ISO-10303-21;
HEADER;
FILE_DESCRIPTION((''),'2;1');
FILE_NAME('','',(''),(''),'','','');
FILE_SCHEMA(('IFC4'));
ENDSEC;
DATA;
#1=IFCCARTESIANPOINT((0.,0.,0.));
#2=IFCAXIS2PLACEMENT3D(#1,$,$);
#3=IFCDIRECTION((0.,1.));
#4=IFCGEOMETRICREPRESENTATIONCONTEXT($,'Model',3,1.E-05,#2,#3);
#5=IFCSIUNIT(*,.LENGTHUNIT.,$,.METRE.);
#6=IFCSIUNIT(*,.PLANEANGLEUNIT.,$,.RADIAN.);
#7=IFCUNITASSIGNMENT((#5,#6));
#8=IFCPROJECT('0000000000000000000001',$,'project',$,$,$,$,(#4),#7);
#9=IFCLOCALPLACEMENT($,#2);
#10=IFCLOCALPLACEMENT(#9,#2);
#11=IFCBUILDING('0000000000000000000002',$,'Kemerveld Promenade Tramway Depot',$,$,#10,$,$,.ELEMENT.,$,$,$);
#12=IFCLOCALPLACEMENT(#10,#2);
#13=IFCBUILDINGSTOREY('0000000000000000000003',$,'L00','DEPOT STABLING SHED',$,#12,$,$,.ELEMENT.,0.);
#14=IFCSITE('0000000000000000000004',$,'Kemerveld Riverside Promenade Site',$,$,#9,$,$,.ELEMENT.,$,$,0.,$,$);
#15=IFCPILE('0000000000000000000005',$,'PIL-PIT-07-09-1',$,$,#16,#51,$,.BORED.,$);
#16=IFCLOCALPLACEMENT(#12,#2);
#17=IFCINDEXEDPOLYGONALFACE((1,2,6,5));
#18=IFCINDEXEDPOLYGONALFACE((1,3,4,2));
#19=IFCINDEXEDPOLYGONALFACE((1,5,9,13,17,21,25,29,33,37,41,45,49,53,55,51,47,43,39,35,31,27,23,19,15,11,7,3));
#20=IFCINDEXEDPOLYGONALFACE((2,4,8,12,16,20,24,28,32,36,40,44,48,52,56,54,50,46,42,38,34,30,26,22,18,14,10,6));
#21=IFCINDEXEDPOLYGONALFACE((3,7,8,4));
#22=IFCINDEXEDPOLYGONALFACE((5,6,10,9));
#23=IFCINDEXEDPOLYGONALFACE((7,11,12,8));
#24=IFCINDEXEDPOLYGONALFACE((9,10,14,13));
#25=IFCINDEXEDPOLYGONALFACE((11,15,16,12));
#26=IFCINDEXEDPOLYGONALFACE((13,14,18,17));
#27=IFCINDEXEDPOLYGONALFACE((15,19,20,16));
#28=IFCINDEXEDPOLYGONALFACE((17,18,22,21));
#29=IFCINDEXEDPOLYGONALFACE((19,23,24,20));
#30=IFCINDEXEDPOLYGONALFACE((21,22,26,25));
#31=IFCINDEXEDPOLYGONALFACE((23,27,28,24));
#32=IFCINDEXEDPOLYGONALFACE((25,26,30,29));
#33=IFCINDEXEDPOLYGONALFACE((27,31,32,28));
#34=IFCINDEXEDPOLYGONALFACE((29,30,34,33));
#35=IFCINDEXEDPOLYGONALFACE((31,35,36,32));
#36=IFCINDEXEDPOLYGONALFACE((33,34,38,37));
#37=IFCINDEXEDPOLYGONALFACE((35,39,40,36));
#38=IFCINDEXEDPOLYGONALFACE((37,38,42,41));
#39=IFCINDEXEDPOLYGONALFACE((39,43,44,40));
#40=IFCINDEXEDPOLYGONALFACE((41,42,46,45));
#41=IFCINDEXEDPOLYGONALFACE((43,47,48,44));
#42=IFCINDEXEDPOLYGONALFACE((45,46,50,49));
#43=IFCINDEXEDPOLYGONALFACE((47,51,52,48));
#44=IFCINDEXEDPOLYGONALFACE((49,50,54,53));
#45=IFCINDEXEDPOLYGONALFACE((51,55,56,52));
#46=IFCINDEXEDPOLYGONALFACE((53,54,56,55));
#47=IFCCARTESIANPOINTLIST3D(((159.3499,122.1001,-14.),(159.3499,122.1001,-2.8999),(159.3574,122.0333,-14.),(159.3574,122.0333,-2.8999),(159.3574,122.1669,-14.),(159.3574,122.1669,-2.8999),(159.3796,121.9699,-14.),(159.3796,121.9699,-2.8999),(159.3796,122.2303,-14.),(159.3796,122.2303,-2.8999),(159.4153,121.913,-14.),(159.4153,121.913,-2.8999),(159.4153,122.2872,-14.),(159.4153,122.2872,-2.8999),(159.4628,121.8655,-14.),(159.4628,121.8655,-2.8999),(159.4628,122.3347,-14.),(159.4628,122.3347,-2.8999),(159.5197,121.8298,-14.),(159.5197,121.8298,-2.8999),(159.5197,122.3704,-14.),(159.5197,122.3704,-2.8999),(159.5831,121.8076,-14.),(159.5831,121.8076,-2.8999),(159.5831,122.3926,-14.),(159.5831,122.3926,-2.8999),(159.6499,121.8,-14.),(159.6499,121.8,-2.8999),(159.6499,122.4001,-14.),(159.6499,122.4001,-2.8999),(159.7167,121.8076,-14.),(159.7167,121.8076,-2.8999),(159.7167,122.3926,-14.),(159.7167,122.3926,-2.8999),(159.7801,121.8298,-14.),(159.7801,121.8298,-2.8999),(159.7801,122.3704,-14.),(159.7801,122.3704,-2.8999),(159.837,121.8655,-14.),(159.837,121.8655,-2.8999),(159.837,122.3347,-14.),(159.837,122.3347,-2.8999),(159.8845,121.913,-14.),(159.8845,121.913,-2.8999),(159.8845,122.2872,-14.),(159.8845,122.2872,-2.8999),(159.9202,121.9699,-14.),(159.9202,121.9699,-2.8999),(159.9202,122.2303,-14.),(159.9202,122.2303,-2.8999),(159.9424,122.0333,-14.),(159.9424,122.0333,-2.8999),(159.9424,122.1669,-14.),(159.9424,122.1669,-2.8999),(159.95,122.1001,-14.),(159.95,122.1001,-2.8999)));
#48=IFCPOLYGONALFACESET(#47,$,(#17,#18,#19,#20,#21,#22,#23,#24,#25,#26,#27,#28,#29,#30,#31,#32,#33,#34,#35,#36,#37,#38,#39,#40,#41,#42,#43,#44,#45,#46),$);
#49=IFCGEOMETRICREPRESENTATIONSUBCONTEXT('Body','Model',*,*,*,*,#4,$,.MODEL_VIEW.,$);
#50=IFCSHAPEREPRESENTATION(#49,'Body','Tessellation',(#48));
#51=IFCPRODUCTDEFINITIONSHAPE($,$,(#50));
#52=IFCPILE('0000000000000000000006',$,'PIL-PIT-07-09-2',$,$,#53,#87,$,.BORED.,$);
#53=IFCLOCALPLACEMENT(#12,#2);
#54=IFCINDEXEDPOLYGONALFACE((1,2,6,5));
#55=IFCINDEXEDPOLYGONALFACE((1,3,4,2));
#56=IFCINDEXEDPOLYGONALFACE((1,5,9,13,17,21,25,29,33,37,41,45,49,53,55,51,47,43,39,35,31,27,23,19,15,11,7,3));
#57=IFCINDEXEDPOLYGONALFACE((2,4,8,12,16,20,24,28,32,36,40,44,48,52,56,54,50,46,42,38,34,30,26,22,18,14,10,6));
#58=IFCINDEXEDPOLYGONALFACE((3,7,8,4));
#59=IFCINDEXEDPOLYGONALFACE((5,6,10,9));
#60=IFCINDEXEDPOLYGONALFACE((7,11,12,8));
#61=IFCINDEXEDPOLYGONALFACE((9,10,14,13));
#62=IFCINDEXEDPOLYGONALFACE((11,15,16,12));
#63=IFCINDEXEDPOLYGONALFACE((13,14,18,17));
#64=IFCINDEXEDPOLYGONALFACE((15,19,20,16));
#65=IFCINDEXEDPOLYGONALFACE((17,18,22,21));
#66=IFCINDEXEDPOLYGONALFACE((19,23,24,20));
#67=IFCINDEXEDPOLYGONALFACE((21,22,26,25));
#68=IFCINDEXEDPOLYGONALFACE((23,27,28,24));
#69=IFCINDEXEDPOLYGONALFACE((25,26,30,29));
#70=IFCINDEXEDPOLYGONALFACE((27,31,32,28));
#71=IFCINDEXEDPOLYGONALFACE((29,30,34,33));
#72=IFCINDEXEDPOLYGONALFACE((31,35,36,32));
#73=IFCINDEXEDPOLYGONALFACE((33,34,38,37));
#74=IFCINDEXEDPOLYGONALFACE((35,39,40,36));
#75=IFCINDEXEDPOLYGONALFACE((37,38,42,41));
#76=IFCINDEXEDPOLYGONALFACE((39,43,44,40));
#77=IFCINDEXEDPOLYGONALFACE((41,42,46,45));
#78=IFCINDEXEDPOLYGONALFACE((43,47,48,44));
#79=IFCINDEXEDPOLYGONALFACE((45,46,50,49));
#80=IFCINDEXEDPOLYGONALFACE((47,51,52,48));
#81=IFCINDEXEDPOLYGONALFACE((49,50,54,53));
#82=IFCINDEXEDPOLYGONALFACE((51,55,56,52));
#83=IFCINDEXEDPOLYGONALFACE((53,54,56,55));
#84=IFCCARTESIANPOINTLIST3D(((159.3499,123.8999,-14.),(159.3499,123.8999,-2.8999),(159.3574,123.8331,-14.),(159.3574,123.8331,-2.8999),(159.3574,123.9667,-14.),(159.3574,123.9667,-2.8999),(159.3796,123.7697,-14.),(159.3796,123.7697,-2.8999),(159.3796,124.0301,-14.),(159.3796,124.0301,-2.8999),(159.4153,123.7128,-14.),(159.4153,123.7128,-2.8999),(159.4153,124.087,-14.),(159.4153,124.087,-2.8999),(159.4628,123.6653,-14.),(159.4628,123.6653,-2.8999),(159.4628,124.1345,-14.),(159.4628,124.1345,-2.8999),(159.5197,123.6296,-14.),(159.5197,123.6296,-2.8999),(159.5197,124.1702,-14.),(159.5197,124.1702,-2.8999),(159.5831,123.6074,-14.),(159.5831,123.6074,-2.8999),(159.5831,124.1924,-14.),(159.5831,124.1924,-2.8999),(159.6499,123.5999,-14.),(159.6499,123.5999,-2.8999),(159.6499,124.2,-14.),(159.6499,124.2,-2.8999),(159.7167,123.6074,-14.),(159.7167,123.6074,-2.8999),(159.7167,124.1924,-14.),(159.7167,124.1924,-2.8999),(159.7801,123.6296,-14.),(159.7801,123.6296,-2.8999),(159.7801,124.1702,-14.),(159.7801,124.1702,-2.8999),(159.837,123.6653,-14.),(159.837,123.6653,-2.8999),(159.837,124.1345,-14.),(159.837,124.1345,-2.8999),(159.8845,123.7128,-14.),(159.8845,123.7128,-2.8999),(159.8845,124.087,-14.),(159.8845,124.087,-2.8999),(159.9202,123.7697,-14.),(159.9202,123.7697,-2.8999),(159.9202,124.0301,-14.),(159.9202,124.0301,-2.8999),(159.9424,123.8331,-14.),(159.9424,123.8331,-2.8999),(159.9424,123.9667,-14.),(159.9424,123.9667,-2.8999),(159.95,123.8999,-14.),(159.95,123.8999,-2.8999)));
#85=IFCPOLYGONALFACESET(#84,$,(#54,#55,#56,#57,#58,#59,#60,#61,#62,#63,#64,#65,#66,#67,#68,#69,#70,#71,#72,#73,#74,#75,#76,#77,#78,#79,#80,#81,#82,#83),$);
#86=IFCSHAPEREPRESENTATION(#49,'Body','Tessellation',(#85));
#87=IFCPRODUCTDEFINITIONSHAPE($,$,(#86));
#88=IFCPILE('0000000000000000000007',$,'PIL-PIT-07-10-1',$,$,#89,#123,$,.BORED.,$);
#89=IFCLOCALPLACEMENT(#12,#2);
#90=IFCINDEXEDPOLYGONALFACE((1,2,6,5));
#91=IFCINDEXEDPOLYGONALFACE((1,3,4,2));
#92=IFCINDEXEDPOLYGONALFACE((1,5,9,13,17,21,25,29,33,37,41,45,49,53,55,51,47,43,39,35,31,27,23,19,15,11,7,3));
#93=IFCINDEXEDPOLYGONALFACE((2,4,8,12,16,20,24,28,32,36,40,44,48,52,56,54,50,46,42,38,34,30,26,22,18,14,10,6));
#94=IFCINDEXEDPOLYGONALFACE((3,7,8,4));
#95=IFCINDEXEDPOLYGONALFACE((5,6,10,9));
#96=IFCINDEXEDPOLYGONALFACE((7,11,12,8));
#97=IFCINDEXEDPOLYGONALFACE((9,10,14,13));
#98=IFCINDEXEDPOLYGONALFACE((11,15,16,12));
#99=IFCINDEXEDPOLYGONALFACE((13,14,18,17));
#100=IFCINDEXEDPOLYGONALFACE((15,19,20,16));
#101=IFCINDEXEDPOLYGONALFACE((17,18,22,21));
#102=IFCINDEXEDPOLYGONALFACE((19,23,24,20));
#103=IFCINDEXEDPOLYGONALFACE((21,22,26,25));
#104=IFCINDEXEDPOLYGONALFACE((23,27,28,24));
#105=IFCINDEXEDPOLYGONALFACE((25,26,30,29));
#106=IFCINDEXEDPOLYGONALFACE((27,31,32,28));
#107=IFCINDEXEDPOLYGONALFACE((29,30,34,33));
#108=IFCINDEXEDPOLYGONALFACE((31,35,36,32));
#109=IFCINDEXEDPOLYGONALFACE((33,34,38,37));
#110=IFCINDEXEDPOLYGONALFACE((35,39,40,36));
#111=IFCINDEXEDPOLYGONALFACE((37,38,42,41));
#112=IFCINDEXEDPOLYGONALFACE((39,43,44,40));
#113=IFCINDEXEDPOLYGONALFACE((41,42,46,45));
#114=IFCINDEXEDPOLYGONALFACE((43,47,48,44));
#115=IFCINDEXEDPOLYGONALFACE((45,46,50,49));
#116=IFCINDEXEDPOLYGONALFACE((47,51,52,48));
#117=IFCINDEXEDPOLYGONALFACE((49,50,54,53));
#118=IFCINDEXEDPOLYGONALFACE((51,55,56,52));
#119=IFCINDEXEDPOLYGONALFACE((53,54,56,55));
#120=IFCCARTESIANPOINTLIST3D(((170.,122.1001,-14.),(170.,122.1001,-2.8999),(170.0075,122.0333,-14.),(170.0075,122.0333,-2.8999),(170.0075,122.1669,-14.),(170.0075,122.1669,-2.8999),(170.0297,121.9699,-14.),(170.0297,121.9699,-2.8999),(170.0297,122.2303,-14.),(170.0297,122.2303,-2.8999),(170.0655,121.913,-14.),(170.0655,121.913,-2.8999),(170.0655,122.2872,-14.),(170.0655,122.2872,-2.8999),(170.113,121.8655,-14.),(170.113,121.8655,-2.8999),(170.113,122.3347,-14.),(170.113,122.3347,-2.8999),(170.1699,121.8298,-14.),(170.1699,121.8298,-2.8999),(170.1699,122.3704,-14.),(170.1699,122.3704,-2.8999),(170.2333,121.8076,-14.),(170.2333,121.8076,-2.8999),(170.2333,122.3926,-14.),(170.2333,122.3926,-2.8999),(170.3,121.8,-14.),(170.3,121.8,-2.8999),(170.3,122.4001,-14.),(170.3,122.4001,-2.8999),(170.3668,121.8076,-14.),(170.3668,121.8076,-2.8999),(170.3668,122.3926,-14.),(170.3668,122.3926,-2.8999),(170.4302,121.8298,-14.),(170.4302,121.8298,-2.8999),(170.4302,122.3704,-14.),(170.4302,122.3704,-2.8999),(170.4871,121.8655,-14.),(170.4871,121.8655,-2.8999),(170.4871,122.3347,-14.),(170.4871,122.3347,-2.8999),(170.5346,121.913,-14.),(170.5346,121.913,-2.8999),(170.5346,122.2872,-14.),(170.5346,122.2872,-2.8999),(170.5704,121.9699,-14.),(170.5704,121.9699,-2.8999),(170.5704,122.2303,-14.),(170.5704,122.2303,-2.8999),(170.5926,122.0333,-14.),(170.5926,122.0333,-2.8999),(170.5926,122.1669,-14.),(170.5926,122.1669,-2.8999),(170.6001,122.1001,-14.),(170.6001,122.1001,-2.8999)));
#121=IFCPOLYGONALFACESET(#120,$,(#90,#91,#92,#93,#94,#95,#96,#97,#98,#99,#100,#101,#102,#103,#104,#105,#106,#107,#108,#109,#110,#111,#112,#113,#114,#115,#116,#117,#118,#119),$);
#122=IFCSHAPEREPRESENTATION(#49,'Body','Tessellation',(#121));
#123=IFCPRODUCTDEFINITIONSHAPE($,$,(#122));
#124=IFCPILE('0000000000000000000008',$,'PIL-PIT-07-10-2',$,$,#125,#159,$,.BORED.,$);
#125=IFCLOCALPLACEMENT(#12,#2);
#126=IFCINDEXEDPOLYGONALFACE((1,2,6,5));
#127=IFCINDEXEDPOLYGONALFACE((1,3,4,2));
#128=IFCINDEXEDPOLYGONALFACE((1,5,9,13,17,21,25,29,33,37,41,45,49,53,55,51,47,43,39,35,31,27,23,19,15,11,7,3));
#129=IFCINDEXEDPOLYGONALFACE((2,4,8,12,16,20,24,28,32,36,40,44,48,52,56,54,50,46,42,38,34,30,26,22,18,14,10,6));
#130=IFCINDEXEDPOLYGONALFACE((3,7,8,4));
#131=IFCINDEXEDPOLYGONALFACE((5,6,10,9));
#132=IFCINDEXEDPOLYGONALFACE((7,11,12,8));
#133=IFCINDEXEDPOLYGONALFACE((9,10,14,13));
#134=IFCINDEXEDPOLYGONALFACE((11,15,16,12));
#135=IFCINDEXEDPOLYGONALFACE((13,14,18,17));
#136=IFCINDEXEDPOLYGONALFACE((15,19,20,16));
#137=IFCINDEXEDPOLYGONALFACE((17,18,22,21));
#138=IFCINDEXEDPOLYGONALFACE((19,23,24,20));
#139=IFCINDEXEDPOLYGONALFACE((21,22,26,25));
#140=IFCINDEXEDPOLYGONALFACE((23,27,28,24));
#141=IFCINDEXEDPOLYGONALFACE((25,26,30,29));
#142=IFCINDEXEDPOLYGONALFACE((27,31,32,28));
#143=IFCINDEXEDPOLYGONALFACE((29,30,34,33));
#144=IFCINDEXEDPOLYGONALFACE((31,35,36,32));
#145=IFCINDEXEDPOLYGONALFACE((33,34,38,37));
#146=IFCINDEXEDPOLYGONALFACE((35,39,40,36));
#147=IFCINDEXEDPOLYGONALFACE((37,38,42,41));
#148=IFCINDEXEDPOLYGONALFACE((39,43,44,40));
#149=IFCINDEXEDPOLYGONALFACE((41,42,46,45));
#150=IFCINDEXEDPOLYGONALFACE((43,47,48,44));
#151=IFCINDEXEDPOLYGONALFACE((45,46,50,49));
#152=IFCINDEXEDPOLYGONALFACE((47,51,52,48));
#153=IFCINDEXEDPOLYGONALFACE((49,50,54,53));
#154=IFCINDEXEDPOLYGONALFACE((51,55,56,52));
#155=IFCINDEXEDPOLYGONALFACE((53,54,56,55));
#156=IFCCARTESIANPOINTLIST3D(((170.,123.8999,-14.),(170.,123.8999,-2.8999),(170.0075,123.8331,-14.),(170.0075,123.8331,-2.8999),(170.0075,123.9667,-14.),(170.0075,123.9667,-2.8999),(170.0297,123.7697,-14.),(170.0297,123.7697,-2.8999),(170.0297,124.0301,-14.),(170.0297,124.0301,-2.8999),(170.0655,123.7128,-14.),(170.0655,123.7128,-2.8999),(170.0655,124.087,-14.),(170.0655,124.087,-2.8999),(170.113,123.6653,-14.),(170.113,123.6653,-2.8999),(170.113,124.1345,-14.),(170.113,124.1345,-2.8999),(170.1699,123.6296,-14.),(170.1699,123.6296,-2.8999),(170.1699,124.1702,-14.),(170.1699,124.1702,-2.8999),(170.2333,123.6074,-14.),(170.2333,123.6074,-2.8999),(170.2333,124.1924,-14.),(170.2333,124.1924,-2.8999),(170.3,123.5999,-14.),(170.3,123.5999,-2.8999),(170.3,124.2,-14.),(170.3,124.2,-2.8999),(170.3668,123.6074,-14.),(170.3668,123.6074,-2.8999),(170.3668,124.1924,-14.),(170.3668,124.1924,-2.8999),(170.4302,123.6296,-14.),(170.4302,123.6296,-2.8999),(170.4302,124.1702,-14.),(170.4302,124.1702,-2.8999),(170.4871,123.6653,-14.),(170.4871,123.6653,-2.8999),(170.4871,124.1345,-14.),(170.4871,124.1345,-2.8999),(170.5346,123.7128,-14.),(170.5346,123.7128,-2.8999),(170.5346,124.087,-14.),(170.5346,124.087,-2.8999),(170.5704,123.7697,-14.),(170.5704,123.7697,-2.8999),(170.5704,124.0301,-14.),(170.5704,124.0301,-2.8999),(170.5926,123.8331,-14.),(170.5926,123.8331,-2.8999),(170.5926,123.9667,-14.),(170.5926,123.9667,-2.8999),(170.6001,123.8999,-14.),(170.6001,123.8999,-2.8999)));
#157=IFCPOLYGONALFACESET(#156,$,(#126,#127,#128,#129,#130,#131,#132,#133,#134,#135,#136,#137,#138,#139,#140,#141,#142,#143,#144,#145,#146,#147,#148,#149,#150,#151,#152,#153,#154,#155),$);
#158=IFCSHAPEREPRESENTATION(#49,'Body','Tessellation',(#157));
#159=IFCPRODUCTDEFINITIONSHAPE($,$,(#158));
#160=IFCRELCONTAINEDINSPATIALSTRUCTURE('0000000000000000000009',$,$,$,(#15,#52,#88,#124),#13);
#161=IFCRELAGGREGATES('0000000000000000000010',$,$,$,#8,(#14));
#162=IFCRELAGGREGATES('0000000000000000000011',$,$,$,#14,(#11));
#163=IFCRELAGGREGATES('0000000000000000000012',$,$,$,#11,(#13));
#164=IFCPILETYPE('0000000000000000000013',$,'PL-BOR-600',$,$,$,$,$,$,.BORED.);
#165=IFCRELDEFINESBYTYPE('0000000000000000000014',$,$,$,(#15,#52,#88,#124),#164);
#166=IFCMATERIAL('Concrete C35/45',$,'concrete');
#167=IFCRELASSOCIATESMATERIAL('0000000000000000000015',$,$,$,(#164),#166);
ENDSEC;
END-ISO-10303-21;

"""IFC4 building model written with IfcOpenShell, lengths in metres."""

from ifc_helpers import new_model, si_unit, direction, frame, origin, origin_2d, place, context, subcontext, project, spatial, circle, extrude, material, material_profile, profile_set, type_object, element, save


model = new_model("IFC4")

# Units and contexts
model_context = context("Model", 3, precision=1e-05, world=origin(), true_north=direction((0.0, 1.0)))
body_context = subcontext(model_context, "Body", "Model", "MODEL_VIEW")
ifc_project = project(units=[si_unit("LENGTHUNIT", "METRE"), si_unit("PLANEANGLEUNIT", "RADIAN")], contexts=[model_context])

# Site, building, storey
site_placement = place(None, origin())
site = spatial("IfcSite", under=ifc_project, at=site_placement, Name="Kemerveld Riverside Promenade Site", CompositionType="ELEMENT", RefElevation=0.0)
building_placement = place(site_placement, origin())
building = spatial("IfcBuilding", under=site, at=building_placement, Name="Kemerveld Promenade Tramway Depot", CompositionType="ELEMENT")
storey_placement = place(building_placement, origin())
storey = spatial("IfcBuildingStorey", under=building, at=storey_placement, Name="L00", Description="DEPOT STABLING SHED", CompositionType="ELEMENT", Elevation=0.0)

# Shared definitions
ifc_material_1 = material(Name="Concrete C35/45", Category="concrete")

# Piles
ifc_material_profile_1 = material_profile(ifc_material_1, circle(Radius=0.3, at=origin_2d()), Name="PILE-D600")
ifc_profile_set_1 = profile_set([ifc_material_profile_1], Name="Concrete C35/45")
pile_type = type_object("IfcPileType", Name="PL-BOR-600", PredefinedType="BORED", material=ifc_profile_set_1)
for number, where, z_axis, x_axis, name in (
    (1, (159.6499, 122.1001, -2.8999), (0.0, 0.0, -1.0), (1.0, 0.0, 0.0), "PIL-PIT-07-09-1"),
    (2, (159.6499, 123.8999, -2.8999), (0.0, 0.0, -1.0), (1.0, 0.0, 0.0), "PIL-PIT-07-09-2"),
    (3, (170.3, 122.1001, -2.8999), (0.0, 0.0, -1.0), (1.0, 0.0, 0.0), "PIL-PIT-07-10-1"),
    (4, (170.3, 123.8999, -2.8999), (0.0, 0.0, -1.0), (1.0, 0.0, 0.0), "PIL-PIT-07-10-2"),
):
    element("IfcPile", number, at=place(storey_placement, frame(where, z_axis=z_axis, x_axis=x_axis)), inside=storey, type_object=pile_type, Name=name, PredefinedType="BORED", context=body_context, shape_type="SweptSolid", body=[
        extrude(circle(Radius=0.3, at=origin_2d()), origin(), (0.0, 0.0, 1.0), 11.1001),
    ])

save(model, "model.ifc")
